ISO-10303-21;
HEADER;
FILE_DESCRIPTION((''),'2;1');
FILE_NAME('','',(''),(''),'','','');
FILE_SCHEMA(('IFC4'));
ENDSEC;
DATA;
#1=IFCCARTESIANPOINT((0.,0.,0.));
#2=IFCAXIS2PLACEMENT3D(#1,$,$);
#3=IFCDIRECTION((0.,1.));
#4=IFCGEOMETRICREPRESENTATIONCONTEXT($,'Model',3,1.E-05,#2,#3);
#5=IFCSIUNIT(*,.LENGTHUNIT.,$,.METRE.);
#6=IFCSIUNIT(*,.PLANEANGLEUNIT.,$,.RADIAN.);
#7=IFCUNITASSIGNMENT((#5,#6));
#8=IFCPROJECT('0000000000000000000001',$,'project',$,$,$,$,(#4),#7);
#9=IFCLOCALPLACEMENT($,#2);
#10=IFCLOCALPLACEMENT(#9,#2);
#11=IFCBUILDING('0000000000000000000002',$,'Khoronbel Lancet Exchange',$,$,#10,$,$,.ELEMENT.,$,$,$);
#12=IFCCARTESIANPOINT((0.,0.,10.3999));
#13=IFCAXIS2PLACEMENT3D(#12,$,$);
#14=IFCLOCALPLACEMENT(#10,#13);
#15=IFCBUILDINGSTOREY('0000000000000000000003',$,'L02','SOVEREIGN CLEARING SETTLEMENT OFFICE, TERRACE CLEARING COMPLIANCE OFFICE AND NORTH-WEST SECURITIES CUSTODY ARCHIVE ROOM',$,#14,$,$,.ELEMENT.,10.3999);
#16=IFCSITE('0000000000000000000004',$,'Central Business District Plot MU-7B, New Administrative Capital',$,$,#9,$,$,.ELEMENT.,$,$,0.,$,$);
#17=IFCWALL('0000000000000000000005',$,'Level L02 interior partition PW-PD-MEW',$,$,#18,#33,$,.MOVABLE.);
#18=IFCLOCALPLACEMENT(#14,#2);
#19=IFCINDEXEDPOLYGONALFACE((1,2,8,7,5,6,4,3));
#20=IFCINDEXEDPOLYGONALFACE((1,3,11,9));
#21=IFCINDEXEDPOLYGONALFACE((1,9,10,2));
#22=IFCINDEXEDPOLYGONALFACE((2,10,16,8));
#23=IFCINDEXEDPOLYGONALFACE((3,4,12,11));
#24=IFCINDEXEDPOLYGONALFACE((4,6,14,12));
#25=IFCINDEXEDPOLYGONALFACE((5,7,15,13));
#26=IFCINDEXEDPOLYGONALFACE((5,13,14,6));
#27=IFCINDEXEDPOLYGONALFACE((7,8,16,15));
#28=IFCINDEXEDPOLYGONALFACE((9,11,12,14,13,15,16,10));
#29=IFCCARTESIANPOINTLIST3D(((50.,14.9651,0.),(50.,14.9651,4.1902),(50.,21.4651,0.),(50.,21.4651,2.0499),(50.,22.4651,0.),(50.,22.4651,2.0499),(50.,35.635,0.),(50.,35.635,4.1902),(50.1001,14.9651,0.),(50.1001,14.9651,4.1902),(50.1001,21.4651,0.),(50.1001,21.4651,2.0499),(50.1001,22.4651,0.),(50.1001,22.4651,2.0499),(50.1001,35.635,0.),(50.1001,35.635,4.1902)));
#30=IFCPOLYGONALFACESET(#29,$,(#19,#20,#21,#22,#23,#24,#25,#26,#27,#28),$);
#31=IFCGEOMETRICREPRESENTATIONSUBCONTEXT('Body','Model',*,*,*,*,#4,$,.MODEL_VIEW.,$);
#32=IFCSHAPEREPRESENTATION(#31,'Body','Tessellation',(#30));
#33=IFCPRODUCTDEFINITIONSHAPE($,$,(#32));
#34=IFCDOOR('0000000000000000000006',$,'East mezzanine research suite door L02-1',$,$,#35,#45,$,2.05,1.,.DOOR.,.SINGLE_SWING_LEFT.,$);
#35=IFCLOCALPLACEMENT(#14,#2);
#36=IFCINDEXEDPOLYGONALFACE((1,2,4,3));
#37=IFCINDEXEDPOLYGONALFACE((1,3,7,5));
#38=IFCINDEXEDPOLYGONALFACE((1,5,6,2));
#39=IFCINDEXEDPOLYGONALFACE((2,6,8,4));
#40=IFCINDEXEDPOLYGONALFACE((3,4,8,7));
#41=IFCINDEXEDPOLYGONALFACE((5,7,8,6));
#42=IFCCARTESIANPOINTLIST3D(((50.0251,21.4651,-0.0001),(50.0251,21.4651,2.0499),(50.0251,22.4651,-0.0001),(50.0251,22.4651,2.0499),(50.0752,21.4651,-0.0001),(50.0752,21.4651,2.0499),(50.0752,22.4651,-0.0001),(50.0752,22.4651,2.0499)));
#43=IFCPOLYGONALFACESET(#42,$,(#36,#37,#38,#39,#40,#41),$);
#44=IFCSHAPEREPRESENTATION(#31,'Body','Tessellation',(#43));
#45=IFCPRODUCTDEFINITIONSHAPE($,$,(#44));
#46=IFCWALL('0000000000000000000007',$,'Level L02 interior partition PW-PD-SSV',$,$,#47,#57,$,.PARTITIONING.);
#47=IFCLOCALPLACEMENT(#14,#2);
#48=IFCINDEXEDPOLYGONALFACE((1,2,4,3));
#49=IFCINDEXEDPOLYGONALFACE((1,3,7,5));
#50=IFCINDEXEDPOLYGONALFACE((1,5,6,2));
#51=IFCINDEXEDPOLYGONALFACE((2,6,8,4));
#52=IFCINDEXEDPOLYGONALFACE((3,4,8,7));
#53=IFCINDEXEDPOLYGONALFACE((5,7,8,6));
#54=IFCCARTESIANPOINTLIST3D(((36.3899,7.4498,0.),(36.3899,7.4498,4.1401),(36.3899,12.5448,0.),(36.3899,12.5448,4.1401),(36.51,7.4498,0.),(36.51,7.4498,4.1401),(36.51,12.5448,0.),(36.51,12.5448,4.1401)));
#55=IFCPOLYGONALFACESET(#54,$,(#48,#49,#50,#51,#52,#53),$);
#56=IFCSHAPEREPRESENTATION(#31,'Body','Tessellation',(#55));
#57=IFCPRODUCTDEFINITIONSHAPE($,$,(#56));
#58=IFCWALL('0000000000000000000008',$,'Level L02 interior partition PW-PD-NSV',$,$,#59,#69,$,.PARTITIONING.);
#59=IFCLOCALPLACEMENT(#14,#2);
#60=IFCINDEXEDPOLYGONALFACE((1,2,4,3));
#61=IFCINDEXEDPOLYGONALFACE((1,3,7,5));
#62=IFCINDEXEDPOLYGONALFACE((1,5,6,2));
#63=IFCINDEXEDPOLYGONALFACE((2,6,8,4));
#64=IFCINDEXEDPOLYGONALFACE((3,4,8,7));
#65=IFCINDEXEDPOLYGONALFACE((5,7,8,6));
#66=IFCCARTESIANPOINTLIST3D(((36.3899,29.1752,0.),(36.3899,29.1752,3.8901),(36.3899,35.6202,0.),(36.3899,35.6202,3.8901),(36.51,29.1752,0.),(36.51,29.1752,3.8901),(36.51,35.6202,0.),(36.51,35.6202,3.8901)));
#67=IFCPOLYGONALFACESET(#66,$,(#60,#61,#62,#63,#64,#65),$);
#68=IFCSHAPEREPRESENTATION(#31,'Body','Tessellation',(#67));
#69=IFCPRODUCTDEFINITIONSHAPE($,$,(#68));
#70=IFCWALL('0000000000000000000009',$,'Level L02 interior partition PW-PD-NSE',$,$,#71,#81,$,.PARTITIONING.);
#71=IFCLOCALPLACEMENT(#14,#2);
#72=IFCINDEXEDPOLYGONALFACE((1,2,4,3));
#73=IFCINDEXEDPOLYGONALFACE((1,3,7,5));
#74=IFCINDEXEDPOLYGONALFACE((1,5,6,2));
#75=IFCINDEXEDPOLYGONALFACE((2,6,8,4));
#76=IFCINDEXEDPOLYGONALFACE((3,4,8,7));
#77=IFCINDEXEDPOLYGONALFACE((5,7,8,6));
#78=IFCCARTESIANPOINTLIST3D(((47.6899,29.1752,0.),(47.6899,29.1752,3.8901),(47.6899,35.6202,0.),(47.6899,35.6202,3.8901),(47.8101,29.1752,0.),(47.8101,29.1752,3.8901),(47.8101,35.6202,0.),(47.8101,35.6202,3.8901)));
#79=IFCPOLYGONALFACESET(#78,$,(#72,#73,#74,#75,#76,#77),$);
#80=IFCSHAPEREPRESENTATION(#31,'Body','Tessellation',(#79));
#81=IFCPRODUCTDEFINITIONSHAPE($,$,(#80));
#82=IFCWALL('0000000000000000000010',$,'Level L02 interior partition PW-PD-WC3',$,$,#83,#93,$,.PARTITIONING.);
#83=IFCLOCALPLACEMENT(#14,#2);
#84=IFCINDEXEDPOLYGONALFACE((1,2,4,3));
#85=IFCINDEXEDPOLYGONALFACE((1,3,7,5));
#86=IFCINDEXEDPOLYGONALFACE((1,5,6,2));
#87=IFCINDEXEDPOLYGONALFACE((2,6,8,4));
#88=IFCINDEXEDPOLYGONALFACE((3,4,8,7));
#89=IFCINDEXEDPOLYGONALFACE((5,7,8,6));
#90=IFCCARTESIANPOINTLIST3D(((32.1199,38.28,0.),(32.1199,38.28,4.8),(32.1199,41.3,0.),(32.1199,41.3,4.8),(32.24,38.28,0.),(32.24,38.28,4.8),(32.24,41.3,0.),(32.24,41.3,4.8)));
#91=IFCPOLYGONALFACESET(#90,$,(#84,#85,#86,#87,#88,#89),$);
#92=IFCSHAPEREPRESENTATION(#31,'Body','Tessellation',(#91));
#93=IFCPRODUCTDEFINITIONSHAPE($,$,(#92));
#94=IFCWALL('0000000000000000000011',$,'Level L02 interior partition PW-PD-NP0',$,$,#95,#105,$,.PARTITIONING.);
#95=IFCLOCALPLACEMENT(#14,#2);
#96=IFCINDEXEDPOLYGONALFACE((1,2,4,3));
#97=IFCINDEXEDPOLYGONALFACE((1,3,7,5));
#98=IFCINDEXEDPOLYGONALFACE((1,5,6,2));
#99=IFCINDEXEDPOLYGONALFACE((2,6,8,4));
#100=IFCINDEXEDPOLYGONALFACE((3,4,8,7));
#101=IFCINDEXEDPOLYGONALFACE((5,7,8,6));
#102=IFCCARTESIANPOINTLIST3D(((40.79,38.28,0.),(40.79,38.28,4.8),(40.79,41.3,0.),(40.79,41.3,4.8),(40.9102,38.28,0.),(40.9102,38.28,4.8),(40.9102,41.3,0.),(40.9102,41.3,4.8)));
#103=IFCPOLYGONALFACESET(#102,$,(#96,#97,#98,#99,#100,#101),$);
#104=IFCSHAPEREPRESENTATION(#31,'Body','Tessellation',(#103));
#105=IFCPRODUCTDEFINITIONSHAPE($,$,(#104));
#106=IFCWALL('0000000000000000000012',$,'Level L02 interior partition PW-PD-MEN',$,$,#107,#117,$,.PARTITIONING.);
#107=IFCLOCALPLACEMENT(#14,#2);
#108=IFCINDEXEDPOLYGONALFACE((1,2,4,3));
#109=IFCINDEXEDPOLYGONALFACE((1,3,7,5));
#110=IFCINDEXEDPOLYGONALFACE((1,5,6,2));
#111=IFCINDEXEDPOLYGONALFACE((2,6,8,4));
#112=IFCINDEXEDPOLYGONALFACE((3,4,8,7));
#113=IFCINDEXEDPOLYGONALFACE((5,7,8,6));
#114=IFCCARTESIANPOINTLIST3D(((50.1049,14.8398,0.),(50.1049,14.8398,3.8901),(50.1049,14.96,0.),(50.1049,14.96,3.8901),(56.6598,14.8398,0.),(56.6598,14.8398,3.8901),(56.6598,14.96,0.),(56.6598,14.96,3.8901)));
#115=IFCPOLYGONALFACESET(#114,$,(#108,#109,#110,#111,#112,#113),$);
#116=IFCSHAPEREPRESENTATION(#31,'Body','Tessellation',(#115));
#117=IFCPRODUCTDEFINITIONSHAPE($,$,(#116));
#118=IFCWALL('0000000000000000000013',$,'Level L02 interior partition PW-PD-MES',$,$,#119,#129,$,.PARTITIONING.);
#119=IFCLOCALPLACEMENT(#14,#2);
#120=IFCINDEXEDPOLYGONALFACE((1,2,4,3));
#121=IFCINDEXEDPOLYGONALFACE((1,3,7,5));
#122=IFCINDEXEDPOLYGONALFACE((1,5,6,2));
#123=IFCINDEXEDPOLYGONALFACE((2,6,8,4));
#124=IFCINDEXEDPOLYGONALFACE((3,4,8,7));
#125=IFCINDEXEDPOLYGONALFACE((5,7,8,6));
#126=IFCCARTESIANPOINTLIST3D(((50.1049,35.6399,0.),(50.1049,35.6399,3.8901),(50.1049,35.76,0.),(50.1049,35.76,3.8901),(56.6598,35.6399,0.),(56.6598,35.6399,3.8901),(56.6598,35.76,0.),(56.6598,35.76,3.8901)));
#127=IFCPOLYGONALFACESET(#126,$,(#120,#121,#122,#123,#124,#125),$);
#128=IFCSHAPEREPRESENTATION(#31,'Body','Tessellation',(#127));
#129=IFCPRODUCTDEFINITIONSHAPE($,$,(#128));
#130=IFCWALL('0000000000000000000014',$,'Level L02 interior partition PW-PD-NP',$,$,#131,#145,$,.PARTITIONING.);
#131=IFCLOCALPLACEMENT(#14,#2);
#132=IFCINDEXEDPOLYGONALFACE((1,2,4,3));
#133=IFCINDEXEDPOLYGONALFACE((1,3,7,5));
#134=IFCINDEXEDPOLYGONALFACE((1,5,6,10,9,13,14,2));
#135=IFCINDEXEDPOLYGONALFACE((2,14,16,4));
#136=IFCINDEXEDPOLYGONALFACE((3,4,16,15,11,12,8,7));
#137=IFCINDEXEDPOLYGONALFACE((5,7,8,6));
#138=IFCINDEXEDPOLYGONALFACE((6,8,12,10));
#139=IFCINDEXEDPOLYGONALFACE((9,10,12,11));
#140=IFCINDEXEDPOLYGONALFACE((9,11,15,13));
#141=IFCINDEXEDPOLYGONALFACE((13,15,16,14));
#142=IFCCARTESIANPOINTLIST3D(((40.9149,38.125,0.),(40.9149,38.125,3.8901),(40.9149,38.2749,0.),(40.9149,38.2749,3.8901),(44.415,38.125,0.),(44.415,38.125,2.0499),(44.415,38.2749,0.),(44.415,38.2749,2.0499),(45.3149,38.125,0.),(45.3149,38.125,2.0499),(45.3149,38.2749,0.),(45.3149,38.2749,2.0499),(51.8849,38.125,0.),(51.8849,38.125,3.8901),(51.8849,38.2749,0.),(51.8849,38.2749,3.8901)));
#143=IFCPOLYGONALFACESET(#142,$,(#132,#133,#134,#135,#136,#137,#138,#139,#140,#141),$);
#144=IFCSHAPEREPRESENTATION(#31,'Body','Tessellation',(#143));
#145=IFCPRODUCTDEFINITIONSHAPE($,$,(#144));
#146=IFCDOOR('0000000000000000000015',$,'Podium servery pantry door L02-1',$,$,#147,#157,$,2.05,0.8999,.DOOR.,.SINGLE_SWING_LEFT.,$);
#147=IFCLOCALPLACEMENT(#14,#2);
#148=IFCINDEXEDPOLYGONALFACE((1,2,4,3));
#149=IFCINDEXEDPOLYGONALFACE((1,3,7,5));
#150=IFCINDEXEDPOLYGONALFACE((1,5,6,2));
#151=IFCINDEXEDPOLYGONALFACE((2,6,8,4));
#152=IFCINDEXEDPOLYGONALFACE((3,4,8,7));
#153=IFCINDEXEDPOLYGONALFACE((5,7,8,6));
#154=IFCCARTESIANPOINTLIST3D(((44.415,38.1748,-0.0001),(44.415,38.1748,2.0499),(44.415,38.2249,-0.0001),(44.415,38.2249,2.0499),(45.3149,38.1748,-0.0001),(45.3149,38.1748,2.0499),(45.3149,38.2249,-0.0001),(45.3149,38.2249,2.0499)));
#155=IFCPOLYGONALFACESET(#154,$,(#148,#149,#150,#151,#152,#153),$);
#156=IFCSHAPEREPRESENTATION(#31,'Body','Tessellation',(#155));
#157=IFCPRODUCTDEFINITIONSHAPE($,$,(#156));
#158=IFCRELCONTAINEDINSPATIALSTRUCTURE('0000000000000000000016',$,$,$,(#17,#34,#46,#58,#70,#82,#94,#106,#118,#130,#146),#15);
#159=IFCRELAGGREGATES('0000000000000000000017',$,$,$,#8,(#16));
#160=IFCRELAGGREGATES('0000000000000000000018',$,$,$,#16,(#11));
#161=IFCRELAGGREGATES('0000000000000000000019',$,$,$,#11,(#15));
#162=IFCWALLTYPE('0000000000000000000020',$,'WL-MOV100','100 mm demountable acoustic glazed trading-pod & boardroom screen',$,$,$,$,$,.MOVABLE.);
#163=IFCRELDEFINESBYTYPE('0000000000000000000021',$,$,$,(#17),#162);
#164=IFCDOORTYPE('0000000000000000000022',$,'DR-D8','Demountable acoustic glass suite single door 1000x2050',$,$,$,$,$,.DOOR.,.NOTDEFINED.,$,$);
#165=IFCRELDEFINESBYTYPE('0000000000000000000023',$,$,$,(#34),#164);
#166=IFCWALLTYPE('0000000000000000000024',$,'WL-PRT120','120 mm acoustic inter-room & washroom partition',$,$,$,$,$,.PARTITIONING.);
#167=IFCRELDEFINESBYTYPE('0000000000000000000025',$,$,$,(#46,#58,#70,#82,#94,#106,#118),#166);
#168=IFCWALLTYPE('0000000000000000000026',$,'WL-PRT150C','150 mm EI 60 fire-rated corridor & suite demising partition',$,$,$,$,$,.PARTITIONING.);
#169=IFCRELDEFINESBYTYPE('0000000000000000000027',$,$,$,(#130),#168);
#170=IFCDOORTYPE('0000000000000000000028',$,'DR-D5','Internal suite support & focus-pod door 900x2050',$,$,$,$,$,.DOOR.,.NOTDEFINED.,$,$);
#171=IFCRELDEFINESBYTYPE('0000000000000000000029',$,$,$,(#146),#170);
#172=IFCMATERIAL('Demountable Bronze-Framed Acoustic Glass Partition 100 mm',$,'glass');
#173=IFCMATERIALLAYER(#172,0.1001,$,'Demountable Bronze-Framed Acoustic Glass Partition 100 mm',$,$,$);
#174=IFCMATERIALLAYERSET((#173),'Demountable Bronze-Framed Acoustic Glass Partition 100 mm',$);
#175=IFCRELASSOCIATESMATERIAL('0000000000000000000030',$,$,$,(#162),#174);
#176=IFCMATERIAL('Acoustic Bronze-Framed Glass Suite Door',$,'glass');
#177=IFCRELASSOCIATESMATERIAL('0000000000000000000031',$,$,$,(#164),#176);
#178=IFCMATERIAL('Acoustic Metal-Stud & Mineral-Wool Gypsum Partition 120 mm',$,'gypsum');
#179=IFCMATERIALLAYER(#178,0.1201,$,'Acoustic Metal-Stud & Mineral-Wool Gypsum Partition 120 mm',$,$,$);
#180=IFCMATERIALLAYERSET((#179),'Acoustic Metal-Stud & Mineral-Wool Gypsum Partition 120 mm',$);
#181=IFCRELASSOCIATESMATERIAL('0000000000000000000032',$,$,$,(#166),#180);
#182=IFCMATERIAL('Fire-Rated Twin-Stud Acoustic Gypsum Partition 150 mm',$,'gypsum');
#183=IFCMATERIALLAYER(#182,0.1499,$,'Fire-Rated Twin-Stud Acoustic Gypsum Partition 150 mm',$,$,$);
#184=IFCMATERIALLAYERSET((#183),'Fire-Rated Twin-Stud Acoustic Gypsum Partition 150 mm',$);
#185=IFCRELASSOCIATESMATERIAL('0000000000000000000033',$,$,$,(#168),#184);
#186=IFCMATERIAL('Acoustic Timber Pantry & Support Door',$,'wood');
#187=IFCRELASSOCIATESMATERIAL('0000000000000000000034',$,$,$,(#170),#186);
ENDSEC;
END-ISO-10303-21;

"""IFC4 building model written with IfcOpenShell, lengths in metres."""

from ifc_helpers import new_model, si_unit, direction, frame, frame_2d, origin, place, context, subcontext, project, spatial, rectangle, extrude, material, layer, layer_set, type_object, element, fill, save


model = new_model("IFC4")

# Units and contexts
model_context = context("Model", 3, precision=1e-05, world=origin(), true_north=direction((0.0, 1.0)))
body_context = subcontext(model_context, "Body", "Model", "MODEL_VIEW")
ifc_project = project(units=[si_unit("LENGTHUNIT", "METRE"), si_unit("PLANEANGLEUNIT", "RADIAN")], contexts=[model_context])

# Site, building, storey
site_placement = place(None, origin())
site = spatial("IfcSite", under=ifc_project, at=site_placement, Name="Central Business District Plot MU-7B, New Administrative Capital", CompositionType="ELEMENT", RefElevation=0.0)
building_placement = place(site_placement, origin())
building = spatial("IfcBuilding", under=site, at=building_placement, Name="Khoronbel Lancet Exchange", CompositionType="ELEMENT")
storey_placement = place(building_placement, frame((0.0, 0.0, 10.3999)))
storey = spatial("IfcBuildingStorey", under=building, at=storey_placement, Name="L02", Description="SOVEREIGN CLEARING SETTLEMENT OFFICE, TERRACE CLEARING COMPLIANCE OFFICE AND NORTH-WEST SECURITIES CUSTODY ARCHIVE ROOM", CompositionType="ELEMENT", Elevation=10.3999)

# Wall, opening, door
ifc_material_1 = material(Name="Demountable Bronze-Framed Acoustic Glass Partition 100 mm", Category="glass")
ifc_layer_1 = layer(ifc_material_1, 0.1001, Name="Demountable Bronze-Framed Acoustic Glass Partition 100 mm")
ifc_layer_set_1 = layer_set([ifc_layer_1], Name="Demountable Bronze-Framed Acoustic Glass Partition 100 mm")
wall_type_1 = type_object("IfcWallType", Name="WL-MOV100", Description="100 mm demountable acoustic glazed trading-pod & boardroom screen", PredefinedType="MOVABLE", material=ifc_layer_set_1)
wall_1_placement = place(storey_placement, frame((50.05, 14.9651, 0.0), z_axis=(0.0, 0.0, 1.0), x_axis=(0.0, 1.0, 0.0)))
wall_1 = element("IfcWall", 1, at=wall_1_placement, inside=storey, type_object=wall_type_1, Name="Level L02 interior partition PW-PD-MEW", PredefinedType="MOVABLE", context=body_context, shape_type="SweptSolid", body=[
    extrude(rectangle(XDim=20.6699, YDim=0.1001, at=frame_2d((10.335, 0.0))), origin(), (0.0, 0.0, 1.0), 4.1902),
])
opening_1_placement = place(wall_1_placement, frame((6.5, 0.0, 0.0)))
opening_1 = element("IfcOpeningElement", 2, at=opening_1_placement, cuts=wall_1, PredefinedType="OPENING", context=body_context, shape_type="SweptSolid", body=[
    extrude(rectangle(XDim=1.0, YDim=2.05, at=frame_2d((0.5, 1.0249))), frame((0.0, 0.0601, 0.0), z_axis=(0.0, -1.0, 0.0), x_axis=(1.0, 0.0, 0.0)), (0.0, 0.0, 1.0), 0.1201),
])
ifc_material_2 = material(Name="Acoustic Bronze-Framed Glass Suite Door", Category="glass")
door_type_1 = type_object("IfcDoorType", Name="DR-D8", Description="Demountable acoustic glass suite single door 1000x2050", OperationType="NOTDEFINED", PredefinedType="DOOR", material=ifc_material_2)
door_1_placement = place(opening_1_placement, origin())
door_1 = element("IfcDoor", 3, at=door_1_placement, inside=storey, type_object=door_type_1, Name="East mezzanine research suite door L02-1", OperationType="SINGLE_SWING_LEFT", OverallHeight=2.05, OverallWidth=1.0, PredefinedType="DOOR", context=body_context, shape_type="SweptSolid", body=[
    extrude(rectangle(XDim=1.0, YDim=2.05, at=frame_2d((0.5, 1.0249))), frame((0.0, 0.0249, 0.0), z_axis=(0.0, -1.0, 0.0), x_axis=(1.0, 0.0, 0.0)), (0.0, 0.0, 1.0), 0.05),
])
fill(opening_1, door_1)

# Walls
ifc_material_3 = material(Name="Acoustic Metal-Stud & Mineral-Wool Gypsum Partition 120 mm", Category="gypsum")
ifc_layer_2 = layer(ifc_material_3, 0.1201, Name="Acoustic Metal-Stud & Mineral-Wool Gypsum Partition 120 mm")
ifc_layer_set_2 = layer_set([ifc_layer_2], Name="Acoustic Metal-Stud & Mineral-Wool Gypsum Partition 120 mm")
wall_type_2 = type_object("IfcWallType", Name="WL-PRT120", Description="120 mm acoustic inter-room & washroom partition", PredefinedType="PARTITIONING", material=ifc_layer_set_2)
wall_2_placement = place(storey_placement, frame((36.45, 7.45, 0.0), z_axis=(0.0, 0.0, 1.0), x_axis=(0.0, 1.0, 0.0)))
element("IfcWall", 4, at=wall_2_placement, inside=storey, type_object=wall_type_2, Name="Level L02 interior partition PW-PD-SSV", PredefinedType="PARTITIONING", context=body_context, shape_type="SweptSolid", body=[
    extrude(rectangle(XDim=5.095, YDim=0.1201, at=frame_2d((2.5474, 0.0))), origin(), (0.0, 0.0, 1.0), 4.1401),
])
for number, where, z_axis, x_axis, name in (
    (5, (36.45, 29.175, 0.0), (0.0, 0.0, 1.0), (0.0, 1.0, 0.0), "Level L02 interior partition PW-PD-NSV"),
    (6, (47.75, 29.175, 0.0), (0.0, 0.0, 1.0), (0.0, 1.0, 0.0), "Level L02 interior partition PW-PD-NSE"),
):
    element("IfcWall", number, at=place(storey_placement, frame(where, z_axis=z_axis, x_axis=x_axis)), inside=storey, type_object=wall_type_2, Name=name, PredefinedType="PARTITIONING", context=body_context, shape_type="SweptSolid", body=[
        extrude(rectangle(XDim=6.4451, YDim=0.1201, at=frame_2d((3.2227, 0.0))), origin(), (0.0, 0.0, 1.0), 3.8901),
    ])
for number, where, z_axis, x_axis, name in (
    (7, (32.1799, 38.28, 0.0), (0.0, 0.0, 1.0), (0.0, 1.0, 0.0), "Level L02 interior partition PW-PD-WC3"),
    (8, (40.8501, 38.28, 0.0), (0.0, 0.0, 1.0), (0.0, 1.0, 0.0), "Level L02 interior partition PW-PD-NP0"),
):
    element("IfcWall", number, at=place(storey_placement, frame(where, z_axis=z_axis, x_axis=x_axis)), inside=storey, type_object=wall_type_2, Name=name, PredefinedType="PARTITIONING", context=body_context, shape_type="SweptSolid", body=[
        extrude(rectangle(XDim=3.02, YDim=0.1201, at=frame_2d((1.51, 0.0))), origin(), (0.0, 0.0, 1.0), 4.8),
    ])
for number, where, z_axis, x_axis, name in (
    (9, (50.105, 14.8999, 0.0), (0.0, 0.0, 1.0), (1.0, 0.0, 0.0), "Level L02 interior partition PW-PD-MEN"),
    (10, (50.105, 35.7, 0.0), (0.0, 0.0, 1.0), (1.0, 0.0, 0.0), "Level L02 interior partition PW-PD-MES"),
):
    element("IfcWall", number, at=place(storey_placement, frame(where, z_axis=z_axis, x_axis=x_axis)), inside=storey, type_object=wall_type_2, Name=name, PredefinedType="PARTITIONING", context=body_context, shape_type="SweptSolid", body=[
        extrude(rectangle(XDim=6.5549, YDim=0.1201, at=frame_2d((3.2773, 0.0))), origin(), (0.0, 0.0, 1.0), 3.8901),
    ])

# Wall, opening, door
ifc_material_4 = material(Name="Fire-Rated Twin-Stud Acoustic Gypsum Partition 150 mm", Category="gypsum")
ifc_layer_3 = layer(ifc_material_4, 0.1499, Name="Fire-Rated Twin-Stud Acoustic Gypsum Partition 150 mm")
ifc_layer_set_3 = layer_set([ifc_layer_3], Name="Fire-Rated Twin-Stud Acoustic Gypsum Partition 150 mm")
wall_type_3 = type_object("IfcWallType", Name="WL-PRT150C", Description="150 mm EI 60 fire-rated corridor & suite demising partition", PredefinedType="PARTITIONING", material=ifc_layer_set_3)
wall_3_placement = place(storey_placement, frame((40.915, 38.2, 0.0), z_axis=(0.0, 0.0, 1.0), x_axis=(1.0, 0.0, 0.0)))
wall_3 = element("IfcWall", 11, at=wall_3_placement, inside=storey, type_object=wall_type_3, Name="Level L02 interior partition PW-PD-NP", PredefinedType="PARTITIONING", context=body_context, shape_type="SweptSolid", body=[
    extrude(rectangle(XDim=10.97, YDim=0.1499, at=frame_2d((5.4849, 0.0))), origin(), (0.0, 0.0, 1.0), 3.8901),
])
opening_2_placement = place(wall_3_placement, frame((3.5, 0.0, 0.0)))
opening_2 = element("IfcOpeningElement", 12, at=opening_2_placement, cuts=wall_3, PredefinedType="OPENING", context=body_context, shape_type="SweptSolid", body=[
    extrude(rectangle(XDim=0.8999, YDim=2.05, at=frame_2d((0.45, 1.0249))), frame((0.0, 0.085, 0.0), z_axis=(0.0, -1.0, 0.0), x_axis=(1.0, 0.0, 0.0)), (0.0, 0.0, 1.0), 0.1699),
])
ifc_material_5 = material(Name="Acoustic Timber Pantry & Support Door", Category="wood")
door_type_2 = type_object("IfcDoorType", Name="DR-D5", Description="Internal suite support & focus-pod door 900x2050", OperationType="NOTDEFINED", PredefinedType="DOOR", material=ifc_material_5)
door_2_placement = place(opening_2_placement, origin())
door_2 = element("IfcDoor", 13, at=door_2_placement, inside=storey, type_object=door_type_2, Name="Podium servery pantry door L02-1", OperationType="SINGLE_SWING_LEFT", OverallHeight=2.05, OverallWidth=0.8999, PredefinedType="DOOR", context=body_context, shape_type="SweptSolid", body=[
    extrude(rectangle(XDim=0.8999, YDim=2.05, at=frame_2d((0.45, 1.0249))), frame((0.0, 0.0249, 0.0), z_axis=(0.0, -1.0, 0.0), x_axis=(1.0, 0.0, 0.0)), (0.0, 0.0, 1.0), 0.05),
])
fill(opening_2, door_2)

save(model, "model.ifc")
